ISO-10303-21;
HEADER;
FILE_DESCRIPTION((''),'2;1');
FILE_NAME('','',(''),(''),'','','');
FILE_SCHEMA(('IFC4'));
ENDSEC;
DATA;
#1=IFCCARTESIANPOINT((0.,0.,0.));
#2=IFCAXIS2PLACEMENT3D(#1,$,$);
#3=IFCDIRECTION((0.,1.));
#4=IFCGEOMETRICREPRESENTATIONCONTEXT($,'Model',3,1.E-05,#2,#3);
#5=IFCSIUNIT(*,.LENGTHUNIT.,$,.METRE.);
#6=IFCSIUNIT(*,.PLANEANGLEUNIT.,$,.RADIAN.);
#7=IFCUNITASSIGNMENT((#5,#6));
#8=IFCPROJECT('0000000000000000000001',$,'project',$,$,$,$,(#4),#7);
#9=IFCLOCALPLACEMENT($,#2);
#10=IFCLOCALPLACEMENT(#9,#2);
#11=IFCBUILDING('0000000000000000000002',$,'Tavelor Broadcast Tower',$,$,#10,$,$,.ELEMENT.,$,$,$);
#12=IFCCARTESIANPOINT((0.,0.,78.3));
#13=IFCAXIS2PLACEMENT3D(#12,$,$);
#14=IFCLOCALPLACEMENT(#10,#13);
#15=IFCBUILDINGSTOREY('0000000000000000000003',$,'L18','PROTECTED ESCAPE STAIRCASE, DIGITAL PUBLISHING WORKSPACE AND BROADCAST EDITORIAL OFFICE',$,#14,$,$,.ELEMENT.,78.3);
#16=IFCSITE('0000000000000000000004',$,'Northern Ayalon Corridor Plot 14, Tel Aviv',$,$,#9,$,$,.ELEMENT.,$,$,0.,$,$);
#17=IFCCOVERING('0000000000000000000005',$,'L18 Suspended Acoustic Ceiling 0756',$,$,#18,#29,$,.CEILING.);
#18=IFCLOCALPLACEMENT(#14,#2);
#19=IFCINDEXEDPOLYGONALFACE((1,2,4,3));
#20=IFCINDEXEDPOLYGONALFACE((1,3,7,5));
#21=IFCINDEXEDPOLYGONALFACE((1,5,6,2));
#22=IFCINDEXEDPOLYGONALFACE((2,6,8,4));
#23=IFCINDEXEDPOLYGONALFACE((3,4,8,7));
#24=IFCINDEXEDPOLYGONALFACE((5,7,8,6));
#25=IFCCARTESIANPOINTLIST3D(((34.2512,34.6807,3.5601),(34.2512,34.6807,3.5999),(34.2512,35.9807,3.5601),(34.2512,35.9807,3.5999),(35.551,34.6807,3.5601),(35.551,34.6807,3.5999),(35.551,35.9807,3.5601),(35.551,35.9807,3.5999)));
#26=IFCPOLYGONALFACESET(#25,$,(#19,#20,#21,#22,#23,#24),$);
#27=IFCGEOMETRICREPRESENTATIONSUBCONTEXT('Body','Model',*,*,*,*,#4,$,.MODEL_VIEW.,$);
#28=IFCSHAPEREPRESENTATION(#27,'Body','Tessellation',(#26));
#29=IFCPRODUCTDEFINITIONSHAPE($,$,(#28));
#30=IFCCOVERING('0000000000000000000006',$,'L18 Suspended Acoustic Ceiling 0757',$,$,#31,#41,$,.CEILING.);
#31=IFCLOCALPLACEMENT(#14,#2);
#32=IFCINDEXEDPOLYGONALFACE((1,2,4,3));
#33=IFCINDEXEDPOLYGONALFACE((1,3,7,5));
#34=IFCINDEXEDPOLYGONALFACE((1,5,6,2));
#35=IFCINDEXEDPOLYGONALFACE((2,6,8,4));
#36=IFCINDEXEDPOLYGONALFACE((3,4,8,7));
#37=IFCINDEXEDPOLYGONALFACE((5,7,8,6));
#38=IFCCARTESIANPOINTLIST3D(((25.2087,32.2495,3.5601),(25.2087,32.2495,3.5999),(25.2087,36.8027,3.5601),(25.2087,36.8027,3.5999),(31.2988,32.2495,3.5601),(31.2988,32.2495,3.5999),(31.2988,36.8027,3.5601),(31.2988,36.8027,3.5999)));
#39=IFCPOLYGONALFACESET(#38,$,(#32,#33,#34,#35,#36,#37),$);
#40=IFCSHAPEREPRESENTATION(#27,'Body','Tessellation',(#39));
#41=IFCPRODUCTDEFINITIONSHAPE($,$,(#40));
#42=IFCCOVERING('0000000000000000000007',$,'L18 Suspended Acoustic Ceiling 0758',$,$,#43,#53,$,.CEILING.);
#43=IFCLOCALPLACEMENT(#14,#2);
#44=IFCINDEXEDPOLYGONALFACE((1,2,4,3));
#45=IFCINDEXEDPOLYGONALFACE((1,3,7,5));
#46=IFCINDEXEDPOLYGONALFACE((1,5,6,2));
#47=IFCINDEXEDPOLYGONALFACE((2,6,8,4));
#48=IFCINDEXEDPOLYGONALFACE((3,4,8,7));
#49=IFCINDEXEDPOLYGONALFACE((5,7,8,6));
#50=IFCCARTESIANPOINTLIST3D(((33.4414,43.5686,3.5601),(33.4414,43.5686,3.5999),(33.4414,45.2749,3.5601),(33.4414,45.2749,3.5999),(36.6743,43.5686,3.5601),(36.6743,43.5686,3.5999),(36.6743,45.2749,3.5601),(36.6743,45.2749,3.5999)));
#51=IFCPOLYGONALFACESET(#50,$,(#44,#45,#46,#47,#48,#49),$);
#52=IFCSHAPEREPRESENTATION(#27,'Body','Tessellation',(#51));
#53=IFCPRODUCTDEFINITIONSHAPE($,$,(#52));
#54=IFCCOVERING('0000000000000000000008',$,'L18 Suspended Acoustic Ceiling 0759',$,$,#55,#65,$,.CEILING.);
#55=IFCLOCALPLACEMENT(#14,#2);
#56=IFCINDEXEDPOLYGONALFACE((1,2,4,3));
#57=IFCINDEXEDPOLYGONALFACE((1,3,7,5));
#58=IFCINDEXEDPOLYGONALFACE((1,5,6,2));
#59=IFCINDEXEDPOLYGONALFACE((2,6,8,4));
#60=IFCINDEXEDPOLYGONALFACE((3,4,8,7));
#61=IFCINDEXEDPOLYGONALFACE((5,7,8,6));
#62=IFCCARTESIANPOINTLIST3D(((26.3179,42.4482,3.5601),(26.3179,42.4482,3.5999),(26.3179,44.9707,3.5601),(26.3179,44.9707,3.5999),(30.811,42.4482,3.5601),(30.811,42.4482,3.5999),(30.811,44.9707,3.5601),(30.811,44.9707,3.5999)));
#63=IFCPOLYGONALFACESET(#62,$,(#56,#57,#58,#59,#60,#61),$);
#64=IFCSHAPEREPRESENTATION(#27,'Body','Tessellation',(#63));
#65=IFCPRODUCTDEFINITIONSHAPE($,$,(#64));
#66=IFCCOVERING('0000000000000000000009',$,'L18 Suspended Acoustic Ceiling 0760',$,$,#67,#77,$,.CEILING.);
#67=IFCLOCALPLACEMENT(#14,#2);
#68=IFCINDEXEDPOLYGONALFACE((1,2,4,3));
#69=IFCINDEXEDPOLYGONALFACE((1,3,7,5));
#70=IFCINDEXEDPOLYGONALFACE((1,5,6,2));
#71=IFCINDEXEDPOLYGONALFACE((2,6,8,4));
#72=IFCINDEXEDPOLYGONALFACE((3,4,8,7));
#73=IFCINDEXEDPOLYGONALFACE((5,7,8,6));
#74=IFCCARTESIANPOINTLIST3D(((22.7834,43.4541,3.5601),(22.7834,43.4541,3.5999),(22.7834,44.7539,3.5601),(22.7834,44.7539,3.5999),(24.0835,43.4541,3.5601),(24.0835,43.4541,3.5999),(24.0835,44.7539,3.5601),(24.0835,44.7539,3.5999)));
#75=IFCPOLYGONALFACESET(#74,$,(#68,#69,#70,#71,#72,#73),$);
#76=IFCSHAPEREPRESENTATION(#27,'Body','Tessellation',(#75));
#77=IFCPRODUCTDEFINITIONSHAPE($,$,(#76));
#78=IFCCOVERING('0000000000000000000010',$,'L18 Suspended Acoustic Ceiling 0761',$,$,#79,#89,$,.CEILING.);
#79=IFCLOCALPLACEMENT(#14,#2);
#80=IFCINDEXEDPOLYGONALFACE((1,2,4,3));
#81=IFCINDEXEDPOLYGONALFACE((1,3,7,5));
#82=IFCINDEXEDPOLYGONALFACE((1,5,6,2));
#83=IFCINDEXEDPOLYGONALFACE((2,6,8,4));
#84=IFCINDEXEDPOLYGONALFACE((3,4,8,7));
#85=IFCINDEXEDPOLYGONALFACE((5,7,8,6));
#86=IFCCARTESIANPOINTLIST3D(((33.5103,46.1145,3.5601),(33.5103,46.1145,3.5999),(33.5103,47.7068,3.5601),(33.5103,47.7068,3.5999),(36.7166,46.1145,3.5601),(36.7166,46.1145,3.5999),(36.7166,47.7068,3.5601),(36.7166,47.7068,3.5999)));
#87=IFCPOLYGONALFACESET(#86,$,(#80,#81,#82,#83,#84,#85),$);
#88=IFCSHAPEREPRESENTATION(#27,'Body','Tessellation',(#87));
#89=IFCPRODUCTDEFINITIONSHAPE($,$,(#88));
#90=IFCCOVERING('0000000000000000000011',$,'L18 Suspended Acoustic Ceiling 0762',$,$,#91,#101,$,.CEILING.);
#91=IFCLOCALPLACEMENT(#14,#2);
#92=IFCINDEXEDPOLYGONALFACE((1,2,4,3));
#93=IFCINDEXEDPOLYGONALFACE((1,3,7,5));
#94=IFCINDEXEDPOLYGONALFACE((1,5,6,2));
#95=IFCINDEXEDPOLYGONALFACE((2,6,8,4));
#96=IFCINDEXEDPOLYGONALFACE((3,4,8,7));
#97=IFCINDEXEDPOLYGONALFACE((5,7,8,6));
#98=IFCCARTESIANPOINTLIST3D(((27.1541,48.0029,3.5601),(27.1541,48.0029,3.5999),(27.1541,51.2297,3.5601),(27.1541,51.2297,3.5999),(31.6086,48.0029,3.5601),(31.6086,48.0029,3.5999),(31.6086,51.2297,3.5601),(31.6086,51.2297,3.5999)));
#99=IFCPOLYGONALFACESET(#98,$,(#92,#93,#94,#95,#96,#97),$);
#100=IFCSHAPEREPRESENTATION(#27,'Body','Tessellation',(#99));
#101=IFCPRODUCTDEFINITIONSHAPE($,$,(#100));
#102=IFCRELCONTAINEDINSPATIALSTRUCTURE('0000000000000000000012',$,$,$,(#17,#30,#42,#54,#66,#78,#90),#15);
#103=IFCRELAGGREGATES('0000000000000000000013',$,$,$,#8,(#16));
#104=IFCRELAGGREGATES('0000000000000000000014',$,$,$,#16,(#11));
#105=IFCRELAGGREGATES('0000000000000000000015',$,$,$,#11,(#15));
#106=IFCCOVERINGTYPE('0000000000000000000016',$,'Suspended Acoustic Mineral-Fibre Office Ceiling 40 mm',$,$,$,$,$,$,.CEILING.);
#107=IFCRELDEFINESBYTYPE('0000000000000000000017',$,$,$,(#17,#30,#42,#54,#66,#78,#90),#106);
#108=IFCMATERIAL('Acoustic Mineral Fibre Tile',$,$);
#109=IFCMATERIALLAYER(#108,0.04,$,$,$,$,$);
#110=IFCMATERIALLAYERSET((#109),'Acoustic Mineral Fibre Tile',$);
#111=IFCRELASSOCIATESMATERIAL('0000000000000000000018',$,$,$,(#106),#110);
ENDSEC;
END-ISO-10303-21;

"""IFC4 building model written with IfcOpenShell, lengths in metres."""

from ifc_helpers import new_model, si_unit, direction, frame, origin, place, context, subcontext, project, spatial, polyline, outline, extrude, material, layer, layer_set, type_object, element, save


model = new_model("IFC4")

# Units and contexts
model_context = context("Model", 3, precision=1e-05, world=origin(), true_north=direction((0.0, 1.0)))
body_context = subcontext(model_context, "Body", "Model", "MODEL_VIEW")
ifc_project = project(units=[si_unit("LENGTHUNIT", "METRE"), si_unit("PLANEANGLEUNIT", "RADIAN")], contexts=[model_context])

# Site, building, storey
site_placement = place(None, origin())
site = spatial("IfcSite", under=ifc_project, at=site_placement, Name="Northern Ayalon Corridor Plot 14, Tel Aviv", CompositionType="ELEMENT", RefElevation=0.0)
building_placement = place(site_placement, origin())
building = spatial("IfcBuilding", under=site, at=building_placement, Name="Tavelor Broadcast Tower", CompositionType="ELEMENT")
storey_placement = place(building_placement, frame((0.0, 0.0, 78.3)))
storey = spatial("IfcBuildingStorey", under=building, at=storey_placement, Name="L18", Description="PROTECTED ESCAPE STAIRCASE, DIGITAL PUBLISHING WORKSPACE AND BROADCAST EDITORIAL OFFICE", CompositionType="ELEMENT", Elevation=78.3)

# Coverings
ifc_material_1 = material(Name="Acoustic Mineral Fibre Tile")
ifc_layer_1 = layer(ifc_material_1, 0.04)
ifc_layer_set_1 = layer_set([ifc_layer_1], Name="Acoustic Mineral Fibre Tile")
covering_type_1 = type_object("IfcCoveringType", Name="Suspended Acoustic Mineral-Fibre Office Ceiling 40 mm", PredefinedType="CEILING", material=ifc_layer_set_1)
covering_1_placement = place(storey_placement, frame((0.0, 0.0, 3.5601)))
element("IfcCovering", 1, at=covering_1_placement, inside=storey, type_object=covering_type_1, Name="L18 Suspended Acoustic Ceiling 0756", PredefinedType="CEILING", context=body_context, shape_type="SweptSolid", body=[
    extrude(outline(polyline([(34.2512, 34.6807), (35.551, 34.6807), (35.551, 35.9807), (34.2512, 35.9807), (34.2512, 34.6807)])), origin(), (0.0, 0.0, 1.0), 0.0398),
])
covering_2_placement = place(storey_placement, frame((0.0, 0.0, 3.5601)))
element("IfcCovering", 2, at=covering_2_placement, inside=storey, type_object=covering_type_1, Name="L18 Suspended Acoustic Ceiling 0757", PredefinedType="CEILING", context=body_context, shape_type="SweptSolid", body=[
    extrude(outline(polyline([(25.2087, 32.2495), (31.2988, 32.2495), (31.2988, 36.8027), (25.2087, 36.8027), (25.2087, 32.2495)])), origin(), (0.0, 0.0, 1.0), 0.0398),
])
covering_3_placement = place(storey_placement, frame((0.0, 0.0, 3.5601)))
element("IfcCovering", 3, at=covering_3_placement, inside=storey, type_object=covering_type_1, Name="L18 Suspended Acoustic Ceiling 0758", PredefinedType="CEILING", context=body_context, shape_type="SweptSolid", body=[
    extrude(outline(polyline([(33.4414, 43.5686), (36.6743, 43.5686), (36.6743, 45.2749), (33.4414, 45.2749), (33.4414, 43.5686)])), origin(), (0.0, 0.0, 1.0), 0.0398),
])
covering_4_placement = place(storey_placement, frame((0.0, 0.0, 3.5601)))
element("IfcCovering", 4, at=covering_4_placement, inside=storey, type_object=covering_type_1, Name="L18 Suspended Acoustic Ceiling 0759", PredefinedType="CEILING", context=body_context, shape_type="SweptSolid", body=[
    extrude(outline(polyline([(26.3179, 42.4482), (30.811, 42.4482), (30.811, 44.9707), (26.3179, 44.9707), (26.3179, 42.4482)])), origin(), (0.0, 0.0, 1.0), 0.0398),
])
covering_5_placement = place(storey_placement, frame((0.0, 0.0, 3.5601)))
element("IfcCovering", 5, at=covering_5_placement, inside=storey, type_object=covering_type_1, Name="L18 Suspended Acoustic Ceiling 0760", PredefinedType="CEILING", context=body_context, shape_type="SweptSolid", body=[
    extrude(outline(polyline([(22.7834, 43.4541), (24.0835, 43.4541), (24.0835, 44.7539), (22.7834, 44.7539), (22.7834, 43.4541)])), origin(), (0.0, 0.0, 1.0), 0.0398),
])
covering_6_placement = place(storey_placement, frame((0.0, 0.0, 3.5601)))
element("IfcCovering", 6, at=covering_6_placement, inside=storey, type_object=covering_type_1, Name="L18 Suspended Acoustic Ceiling 0761", PredefinedType="CEILING", context=body_context, shape_type="SweptSolid", body=[
    extrude(outline(polyline([(33.5103, 46.1145), (36.7166, 46.1145), (36.7166, 47.7068), (33.5103, 47.7068), (33.5103, 46.1145)])), origin(), (0.0, 0.0, 1.0), 0.0398),
])
covering_7_placement = place(storey_placement, frame((0.0, 0.0, 3.5601)))
element("IfcCovering", 7, at=covering_7_placement, inside=storey, type_object=covering_type_1, Name="L18 Suspended Acoustic Ceiling 0762", PredefinedType="CEILING", context=body_context, shape_type="SweptSolid", body=[
    extrude(outline(polyline([(27.1541, 48.0029), (31.6086, 48.0029), (31.6086, 51.2297), (27.1541, 51.2297), (27.1541, 48.0029)])), origin(), (0.0, 0.0, 1.0), 0.0398),
])

save(model, "model.ifc")
